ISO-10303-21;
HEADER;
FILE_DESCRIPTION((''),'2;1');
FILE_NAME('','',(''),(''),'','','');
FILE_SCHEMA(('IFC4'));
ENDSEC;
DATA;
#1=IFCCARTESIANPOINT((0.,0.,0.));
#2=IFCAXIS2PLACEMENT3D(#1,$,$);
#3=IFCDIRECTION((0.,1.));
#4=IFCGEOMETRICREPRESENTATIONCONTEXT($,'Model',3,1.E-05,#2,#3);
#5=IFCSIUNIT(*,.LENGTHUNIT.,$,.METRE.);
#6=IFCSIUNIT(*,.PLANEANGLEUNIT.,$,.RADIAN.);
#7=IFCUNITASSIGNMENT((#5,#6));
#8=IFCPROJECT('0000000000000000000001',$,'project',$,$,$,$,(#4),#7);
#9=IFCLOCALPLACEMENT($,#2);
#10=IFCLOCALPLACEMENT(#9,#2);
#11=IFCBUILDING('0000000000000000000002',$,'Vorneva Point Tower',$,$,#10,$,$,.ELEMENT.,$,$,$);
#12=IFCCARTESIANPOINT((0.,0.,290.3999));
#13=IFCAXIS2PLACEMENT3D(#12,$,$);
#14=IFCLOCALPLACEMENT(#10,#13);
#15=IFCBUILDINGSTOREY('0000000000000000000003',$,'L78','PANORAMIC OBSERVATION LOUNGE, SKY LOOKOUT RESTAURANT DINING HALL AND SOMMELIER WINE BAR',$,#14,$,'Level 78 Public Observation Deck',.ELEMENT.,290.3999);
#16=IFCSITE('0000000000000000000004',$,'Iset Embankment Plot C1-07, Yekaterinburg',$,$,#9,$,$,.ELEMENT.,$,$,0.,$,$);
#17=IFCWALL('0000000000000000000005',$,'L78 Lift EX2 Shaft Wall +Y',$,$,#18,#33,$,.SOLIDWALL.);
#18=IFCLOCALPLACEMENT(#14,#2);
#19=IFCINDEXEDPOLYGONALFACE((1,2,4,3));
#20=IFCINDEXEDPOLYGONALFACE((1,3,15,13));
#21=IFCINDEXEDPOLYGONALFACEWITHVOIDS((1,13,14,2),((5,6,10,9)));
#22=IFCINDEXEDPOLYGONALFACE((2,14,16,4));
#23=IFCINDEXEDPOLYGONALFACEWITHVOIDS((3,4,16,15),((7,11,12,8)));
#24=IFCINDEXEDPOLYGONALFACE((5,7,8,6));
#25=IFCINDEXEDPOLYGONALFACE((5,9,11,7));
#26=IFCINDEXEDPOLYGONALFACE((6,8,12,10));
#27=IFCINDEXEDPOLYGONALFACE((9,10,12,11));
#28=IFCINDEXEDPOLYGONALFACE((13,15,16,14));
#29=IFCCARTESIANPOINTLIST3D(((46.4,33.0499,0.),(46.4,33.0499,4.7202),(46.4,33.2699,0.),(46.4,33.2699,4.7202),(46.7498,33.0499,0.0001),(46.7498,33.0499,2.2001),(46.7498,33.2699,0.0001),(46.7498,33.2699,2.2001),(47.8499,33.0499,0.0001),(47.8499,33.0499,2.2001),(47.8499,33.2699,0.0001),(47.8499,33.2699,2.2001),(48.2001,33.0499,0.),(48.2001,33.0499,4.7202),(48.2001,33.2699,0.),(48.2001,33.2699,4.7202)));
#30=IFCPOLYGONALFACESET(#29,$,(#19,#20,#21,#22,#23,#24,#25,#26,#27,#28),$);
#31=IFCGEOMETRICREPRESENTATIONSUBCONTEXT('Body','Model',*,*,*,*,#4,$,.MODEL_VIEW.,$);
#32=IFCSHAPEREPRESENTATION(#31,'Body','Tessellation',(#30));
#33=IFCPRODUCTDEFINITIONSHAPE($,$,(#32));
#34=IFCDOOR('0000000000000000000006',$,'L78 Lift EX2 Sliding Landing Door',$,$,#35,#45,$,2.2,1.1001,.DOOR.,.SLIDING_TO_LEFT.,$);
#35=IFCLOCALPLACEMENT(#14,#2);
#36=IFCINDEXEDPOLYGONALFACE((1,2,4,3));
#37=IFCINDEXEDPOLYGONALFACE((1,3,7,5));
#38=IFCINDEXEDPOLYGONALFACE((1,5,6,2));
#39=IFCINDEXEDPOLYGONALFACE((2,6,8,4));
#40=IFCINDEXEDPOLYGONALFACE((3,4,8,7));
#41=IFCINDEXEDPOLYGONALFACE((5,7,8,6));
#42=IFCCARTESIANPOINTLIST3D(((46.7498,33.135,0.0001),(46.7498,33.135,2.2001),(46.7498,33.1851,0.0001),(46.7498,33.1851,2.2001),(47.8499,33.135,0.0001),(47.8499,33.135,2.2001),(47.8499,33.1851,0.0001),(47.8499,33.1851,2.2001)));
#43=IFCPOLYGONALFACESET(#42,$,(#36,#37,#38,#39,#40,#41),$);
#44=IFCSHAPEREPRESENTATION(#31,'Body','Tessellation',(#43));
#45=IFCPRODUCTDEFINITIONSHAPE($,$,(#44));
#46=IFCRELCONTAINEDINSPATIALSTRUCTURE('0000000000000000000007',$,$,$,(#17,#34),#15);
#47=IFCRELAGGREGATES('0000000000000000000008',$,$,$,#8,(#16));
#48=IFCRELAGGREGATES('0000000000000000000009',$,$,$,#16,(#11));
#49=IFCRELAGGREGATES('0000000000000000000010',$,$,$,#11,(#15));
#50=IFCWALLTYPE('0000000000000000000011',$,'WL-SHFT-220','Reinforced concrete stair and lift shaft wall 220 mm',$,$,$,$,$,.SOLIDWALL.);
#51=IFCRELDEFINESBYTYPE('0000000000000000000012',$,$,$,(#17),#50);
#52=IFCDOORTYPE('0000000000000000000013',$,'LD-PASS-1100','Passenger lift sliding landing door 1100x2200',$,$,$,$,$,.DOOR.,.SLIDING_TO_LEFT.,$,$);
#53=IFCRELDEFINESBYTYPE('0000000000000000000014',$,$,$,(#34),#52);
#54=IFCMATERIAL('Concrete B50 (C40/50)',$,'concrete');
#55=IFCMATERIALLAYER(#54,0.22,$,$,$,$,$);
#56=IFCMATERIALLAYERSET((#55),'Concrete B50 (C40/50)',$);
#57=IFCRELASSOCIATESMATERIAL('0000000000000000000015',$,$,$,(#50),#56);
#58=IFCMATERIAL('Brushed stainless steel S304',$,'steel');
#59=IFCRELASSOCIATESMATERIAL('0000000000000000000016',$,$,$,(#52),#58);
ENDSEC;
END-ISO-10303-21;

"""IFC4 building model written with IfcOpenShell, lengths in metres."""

from ifc_helpers import new_model, si_unit, direction, frame, frame_2d, origin, place, context, subcontext, project, spatial, rectangle, extrude, material, layer, layer_set, type_object, element, fill, save


model = new_model("IFC4")

# Units and contexts
model_context = context("Model", 3, precision=1e-05, world=origin(), true_north=direction((0.0, 1.0)))
body_context = subcontext(model_context, "Body", "Model", "MODEL_VIEW")
ifc_project = project(units=[si_unit("LENGTHUNIT", "METRE"), si_unit("PLANEANGLEUNIT", "RADIAN")], contexts=[model_context])

# Site, building, storey
site_placement = place(None, origin())
site = spatial("IfcSite", under=ifc_project, at=site_placement, Name="Iset Embankment Plot C1-07, Yekaterinburg", CompositionType="ELEMENT", RefElevation=0.0)
building_placement = place(site_placement, origin())
building = spatial("IfcBuilding", under=site, at=building_placement, Name="Vorneva Point Tower", CompositionType="ELEMENT")
storey_placement = place(building_placement, frame((0.0, 0.0, 290.3999)))
storey = spatial("IfcBuildingStorey", under=building, at=storey_placement, Name="L78", Description="PANORAMIC OBSERVATION LOUNGE, SKY LOOKOUT RESTAURANT DINING HALL AND SOMMELIER WINE BAR", LongName="Level 78 Public Observation Deck", CompositionType="ELEMENT", Elevation=290.3999)

# Shared definitions
ifc_material_1 = material(Name="Concrete B50 (C40/50)", Category="concrete")

# Wall, opening, door
ifc_layer_1 = layer(ifc_material_1, 0.22)
ifc_layer_set_1 = layer_set([ifc_layer_1], Name="Concrete B50 (C40/50)")
wall_type_1 = type_object("IfcWallType", Name="WL-SHFT-220", Description="Reinforced concrete stair and lift shaft wall 220 mm", PredefinedType="SOLIDWALL", material=ifc_layer_set_1)
wall_1_placement = place(storey_placement, frame((48.2, 33.1599, 0.0), z_axis=(0.0, 0.0, 1.0), x_axis=(-1.0, 0.0, 0.0)))
wall_1 = element("IfcWall", 1, at=wall_1_placement, inside=storey, type_object=wall_type_1, Name="L78 Lift EX2 Shaft Wall +Y", PredefinedType="SOLIDWALL", context=body_context, shape_type="SweptSolid", body=[
    extrude(rectangle(XDim=1.8, YDim=0.22, at=frame_2d((0.8999, 0.0))), origin(), (0.0, 0.0, 1.0), 4.7202),
])
opening_1_placement = place(wall_1_placement, frame((0.3501, 0.0, 0.0)))
opening_1 = element("IfcOpeningElement", 2, at=opening_1_placement, cuts=wall_1, PredefinedType="OPENING", context=body_context, shape_type="SweptSolid", body=[
    extrude(rectangle(XDim=1.1001, YDim=2.2, at=frame_2d((0.55, 1.1001))), frame((0.0, 0.125, 0.0), z_axis=(0.0, -1.0, 0.0), x_axis=(1.0, 0.0, 0.0)), (0.0, 0.0, 1.0), 0.2498),
])
ifc_material_2 = material(Name="Brushed stainless steel S304", Category="steel")
door_type_1 = type_object("IfcDoorType", Name="LD-PASS-1100", Description="Passenger lift sliding landing door 1100x2200", OperationType="SLIDING_TO_LEFT", PredefinedType="DOOR", material=ifc_material_2)
door_1_placement = place(opening_1_placement, origin())
door_1 = element("IfcDoor", 3, at=door_1_placement, inside=storey, type_object=door_type_1, Name="L78 Lift EX2 Sliding Landing Door", OperationType="SLIDING_TO_LEFT", OverallHeight=2.2, OverallWidth=1.1001, PredefinedType="DOOR", context=body_context, shape_type="SweptSolid", body=[
    extrude(rectangle(XDim=1.1001, YDim=2.2, at=frame_2d((0.55, 1.1001))), frame((0.0, 0.0249, 0.0), z_axis=(0.0, -1.0, 0.0), x_axis=(1.0, 0.0, 0.0)), (0.0, 0.0, 1.0), 0.05),
])
fill(opening_1, door_1)

save(model, "model.ifc")
